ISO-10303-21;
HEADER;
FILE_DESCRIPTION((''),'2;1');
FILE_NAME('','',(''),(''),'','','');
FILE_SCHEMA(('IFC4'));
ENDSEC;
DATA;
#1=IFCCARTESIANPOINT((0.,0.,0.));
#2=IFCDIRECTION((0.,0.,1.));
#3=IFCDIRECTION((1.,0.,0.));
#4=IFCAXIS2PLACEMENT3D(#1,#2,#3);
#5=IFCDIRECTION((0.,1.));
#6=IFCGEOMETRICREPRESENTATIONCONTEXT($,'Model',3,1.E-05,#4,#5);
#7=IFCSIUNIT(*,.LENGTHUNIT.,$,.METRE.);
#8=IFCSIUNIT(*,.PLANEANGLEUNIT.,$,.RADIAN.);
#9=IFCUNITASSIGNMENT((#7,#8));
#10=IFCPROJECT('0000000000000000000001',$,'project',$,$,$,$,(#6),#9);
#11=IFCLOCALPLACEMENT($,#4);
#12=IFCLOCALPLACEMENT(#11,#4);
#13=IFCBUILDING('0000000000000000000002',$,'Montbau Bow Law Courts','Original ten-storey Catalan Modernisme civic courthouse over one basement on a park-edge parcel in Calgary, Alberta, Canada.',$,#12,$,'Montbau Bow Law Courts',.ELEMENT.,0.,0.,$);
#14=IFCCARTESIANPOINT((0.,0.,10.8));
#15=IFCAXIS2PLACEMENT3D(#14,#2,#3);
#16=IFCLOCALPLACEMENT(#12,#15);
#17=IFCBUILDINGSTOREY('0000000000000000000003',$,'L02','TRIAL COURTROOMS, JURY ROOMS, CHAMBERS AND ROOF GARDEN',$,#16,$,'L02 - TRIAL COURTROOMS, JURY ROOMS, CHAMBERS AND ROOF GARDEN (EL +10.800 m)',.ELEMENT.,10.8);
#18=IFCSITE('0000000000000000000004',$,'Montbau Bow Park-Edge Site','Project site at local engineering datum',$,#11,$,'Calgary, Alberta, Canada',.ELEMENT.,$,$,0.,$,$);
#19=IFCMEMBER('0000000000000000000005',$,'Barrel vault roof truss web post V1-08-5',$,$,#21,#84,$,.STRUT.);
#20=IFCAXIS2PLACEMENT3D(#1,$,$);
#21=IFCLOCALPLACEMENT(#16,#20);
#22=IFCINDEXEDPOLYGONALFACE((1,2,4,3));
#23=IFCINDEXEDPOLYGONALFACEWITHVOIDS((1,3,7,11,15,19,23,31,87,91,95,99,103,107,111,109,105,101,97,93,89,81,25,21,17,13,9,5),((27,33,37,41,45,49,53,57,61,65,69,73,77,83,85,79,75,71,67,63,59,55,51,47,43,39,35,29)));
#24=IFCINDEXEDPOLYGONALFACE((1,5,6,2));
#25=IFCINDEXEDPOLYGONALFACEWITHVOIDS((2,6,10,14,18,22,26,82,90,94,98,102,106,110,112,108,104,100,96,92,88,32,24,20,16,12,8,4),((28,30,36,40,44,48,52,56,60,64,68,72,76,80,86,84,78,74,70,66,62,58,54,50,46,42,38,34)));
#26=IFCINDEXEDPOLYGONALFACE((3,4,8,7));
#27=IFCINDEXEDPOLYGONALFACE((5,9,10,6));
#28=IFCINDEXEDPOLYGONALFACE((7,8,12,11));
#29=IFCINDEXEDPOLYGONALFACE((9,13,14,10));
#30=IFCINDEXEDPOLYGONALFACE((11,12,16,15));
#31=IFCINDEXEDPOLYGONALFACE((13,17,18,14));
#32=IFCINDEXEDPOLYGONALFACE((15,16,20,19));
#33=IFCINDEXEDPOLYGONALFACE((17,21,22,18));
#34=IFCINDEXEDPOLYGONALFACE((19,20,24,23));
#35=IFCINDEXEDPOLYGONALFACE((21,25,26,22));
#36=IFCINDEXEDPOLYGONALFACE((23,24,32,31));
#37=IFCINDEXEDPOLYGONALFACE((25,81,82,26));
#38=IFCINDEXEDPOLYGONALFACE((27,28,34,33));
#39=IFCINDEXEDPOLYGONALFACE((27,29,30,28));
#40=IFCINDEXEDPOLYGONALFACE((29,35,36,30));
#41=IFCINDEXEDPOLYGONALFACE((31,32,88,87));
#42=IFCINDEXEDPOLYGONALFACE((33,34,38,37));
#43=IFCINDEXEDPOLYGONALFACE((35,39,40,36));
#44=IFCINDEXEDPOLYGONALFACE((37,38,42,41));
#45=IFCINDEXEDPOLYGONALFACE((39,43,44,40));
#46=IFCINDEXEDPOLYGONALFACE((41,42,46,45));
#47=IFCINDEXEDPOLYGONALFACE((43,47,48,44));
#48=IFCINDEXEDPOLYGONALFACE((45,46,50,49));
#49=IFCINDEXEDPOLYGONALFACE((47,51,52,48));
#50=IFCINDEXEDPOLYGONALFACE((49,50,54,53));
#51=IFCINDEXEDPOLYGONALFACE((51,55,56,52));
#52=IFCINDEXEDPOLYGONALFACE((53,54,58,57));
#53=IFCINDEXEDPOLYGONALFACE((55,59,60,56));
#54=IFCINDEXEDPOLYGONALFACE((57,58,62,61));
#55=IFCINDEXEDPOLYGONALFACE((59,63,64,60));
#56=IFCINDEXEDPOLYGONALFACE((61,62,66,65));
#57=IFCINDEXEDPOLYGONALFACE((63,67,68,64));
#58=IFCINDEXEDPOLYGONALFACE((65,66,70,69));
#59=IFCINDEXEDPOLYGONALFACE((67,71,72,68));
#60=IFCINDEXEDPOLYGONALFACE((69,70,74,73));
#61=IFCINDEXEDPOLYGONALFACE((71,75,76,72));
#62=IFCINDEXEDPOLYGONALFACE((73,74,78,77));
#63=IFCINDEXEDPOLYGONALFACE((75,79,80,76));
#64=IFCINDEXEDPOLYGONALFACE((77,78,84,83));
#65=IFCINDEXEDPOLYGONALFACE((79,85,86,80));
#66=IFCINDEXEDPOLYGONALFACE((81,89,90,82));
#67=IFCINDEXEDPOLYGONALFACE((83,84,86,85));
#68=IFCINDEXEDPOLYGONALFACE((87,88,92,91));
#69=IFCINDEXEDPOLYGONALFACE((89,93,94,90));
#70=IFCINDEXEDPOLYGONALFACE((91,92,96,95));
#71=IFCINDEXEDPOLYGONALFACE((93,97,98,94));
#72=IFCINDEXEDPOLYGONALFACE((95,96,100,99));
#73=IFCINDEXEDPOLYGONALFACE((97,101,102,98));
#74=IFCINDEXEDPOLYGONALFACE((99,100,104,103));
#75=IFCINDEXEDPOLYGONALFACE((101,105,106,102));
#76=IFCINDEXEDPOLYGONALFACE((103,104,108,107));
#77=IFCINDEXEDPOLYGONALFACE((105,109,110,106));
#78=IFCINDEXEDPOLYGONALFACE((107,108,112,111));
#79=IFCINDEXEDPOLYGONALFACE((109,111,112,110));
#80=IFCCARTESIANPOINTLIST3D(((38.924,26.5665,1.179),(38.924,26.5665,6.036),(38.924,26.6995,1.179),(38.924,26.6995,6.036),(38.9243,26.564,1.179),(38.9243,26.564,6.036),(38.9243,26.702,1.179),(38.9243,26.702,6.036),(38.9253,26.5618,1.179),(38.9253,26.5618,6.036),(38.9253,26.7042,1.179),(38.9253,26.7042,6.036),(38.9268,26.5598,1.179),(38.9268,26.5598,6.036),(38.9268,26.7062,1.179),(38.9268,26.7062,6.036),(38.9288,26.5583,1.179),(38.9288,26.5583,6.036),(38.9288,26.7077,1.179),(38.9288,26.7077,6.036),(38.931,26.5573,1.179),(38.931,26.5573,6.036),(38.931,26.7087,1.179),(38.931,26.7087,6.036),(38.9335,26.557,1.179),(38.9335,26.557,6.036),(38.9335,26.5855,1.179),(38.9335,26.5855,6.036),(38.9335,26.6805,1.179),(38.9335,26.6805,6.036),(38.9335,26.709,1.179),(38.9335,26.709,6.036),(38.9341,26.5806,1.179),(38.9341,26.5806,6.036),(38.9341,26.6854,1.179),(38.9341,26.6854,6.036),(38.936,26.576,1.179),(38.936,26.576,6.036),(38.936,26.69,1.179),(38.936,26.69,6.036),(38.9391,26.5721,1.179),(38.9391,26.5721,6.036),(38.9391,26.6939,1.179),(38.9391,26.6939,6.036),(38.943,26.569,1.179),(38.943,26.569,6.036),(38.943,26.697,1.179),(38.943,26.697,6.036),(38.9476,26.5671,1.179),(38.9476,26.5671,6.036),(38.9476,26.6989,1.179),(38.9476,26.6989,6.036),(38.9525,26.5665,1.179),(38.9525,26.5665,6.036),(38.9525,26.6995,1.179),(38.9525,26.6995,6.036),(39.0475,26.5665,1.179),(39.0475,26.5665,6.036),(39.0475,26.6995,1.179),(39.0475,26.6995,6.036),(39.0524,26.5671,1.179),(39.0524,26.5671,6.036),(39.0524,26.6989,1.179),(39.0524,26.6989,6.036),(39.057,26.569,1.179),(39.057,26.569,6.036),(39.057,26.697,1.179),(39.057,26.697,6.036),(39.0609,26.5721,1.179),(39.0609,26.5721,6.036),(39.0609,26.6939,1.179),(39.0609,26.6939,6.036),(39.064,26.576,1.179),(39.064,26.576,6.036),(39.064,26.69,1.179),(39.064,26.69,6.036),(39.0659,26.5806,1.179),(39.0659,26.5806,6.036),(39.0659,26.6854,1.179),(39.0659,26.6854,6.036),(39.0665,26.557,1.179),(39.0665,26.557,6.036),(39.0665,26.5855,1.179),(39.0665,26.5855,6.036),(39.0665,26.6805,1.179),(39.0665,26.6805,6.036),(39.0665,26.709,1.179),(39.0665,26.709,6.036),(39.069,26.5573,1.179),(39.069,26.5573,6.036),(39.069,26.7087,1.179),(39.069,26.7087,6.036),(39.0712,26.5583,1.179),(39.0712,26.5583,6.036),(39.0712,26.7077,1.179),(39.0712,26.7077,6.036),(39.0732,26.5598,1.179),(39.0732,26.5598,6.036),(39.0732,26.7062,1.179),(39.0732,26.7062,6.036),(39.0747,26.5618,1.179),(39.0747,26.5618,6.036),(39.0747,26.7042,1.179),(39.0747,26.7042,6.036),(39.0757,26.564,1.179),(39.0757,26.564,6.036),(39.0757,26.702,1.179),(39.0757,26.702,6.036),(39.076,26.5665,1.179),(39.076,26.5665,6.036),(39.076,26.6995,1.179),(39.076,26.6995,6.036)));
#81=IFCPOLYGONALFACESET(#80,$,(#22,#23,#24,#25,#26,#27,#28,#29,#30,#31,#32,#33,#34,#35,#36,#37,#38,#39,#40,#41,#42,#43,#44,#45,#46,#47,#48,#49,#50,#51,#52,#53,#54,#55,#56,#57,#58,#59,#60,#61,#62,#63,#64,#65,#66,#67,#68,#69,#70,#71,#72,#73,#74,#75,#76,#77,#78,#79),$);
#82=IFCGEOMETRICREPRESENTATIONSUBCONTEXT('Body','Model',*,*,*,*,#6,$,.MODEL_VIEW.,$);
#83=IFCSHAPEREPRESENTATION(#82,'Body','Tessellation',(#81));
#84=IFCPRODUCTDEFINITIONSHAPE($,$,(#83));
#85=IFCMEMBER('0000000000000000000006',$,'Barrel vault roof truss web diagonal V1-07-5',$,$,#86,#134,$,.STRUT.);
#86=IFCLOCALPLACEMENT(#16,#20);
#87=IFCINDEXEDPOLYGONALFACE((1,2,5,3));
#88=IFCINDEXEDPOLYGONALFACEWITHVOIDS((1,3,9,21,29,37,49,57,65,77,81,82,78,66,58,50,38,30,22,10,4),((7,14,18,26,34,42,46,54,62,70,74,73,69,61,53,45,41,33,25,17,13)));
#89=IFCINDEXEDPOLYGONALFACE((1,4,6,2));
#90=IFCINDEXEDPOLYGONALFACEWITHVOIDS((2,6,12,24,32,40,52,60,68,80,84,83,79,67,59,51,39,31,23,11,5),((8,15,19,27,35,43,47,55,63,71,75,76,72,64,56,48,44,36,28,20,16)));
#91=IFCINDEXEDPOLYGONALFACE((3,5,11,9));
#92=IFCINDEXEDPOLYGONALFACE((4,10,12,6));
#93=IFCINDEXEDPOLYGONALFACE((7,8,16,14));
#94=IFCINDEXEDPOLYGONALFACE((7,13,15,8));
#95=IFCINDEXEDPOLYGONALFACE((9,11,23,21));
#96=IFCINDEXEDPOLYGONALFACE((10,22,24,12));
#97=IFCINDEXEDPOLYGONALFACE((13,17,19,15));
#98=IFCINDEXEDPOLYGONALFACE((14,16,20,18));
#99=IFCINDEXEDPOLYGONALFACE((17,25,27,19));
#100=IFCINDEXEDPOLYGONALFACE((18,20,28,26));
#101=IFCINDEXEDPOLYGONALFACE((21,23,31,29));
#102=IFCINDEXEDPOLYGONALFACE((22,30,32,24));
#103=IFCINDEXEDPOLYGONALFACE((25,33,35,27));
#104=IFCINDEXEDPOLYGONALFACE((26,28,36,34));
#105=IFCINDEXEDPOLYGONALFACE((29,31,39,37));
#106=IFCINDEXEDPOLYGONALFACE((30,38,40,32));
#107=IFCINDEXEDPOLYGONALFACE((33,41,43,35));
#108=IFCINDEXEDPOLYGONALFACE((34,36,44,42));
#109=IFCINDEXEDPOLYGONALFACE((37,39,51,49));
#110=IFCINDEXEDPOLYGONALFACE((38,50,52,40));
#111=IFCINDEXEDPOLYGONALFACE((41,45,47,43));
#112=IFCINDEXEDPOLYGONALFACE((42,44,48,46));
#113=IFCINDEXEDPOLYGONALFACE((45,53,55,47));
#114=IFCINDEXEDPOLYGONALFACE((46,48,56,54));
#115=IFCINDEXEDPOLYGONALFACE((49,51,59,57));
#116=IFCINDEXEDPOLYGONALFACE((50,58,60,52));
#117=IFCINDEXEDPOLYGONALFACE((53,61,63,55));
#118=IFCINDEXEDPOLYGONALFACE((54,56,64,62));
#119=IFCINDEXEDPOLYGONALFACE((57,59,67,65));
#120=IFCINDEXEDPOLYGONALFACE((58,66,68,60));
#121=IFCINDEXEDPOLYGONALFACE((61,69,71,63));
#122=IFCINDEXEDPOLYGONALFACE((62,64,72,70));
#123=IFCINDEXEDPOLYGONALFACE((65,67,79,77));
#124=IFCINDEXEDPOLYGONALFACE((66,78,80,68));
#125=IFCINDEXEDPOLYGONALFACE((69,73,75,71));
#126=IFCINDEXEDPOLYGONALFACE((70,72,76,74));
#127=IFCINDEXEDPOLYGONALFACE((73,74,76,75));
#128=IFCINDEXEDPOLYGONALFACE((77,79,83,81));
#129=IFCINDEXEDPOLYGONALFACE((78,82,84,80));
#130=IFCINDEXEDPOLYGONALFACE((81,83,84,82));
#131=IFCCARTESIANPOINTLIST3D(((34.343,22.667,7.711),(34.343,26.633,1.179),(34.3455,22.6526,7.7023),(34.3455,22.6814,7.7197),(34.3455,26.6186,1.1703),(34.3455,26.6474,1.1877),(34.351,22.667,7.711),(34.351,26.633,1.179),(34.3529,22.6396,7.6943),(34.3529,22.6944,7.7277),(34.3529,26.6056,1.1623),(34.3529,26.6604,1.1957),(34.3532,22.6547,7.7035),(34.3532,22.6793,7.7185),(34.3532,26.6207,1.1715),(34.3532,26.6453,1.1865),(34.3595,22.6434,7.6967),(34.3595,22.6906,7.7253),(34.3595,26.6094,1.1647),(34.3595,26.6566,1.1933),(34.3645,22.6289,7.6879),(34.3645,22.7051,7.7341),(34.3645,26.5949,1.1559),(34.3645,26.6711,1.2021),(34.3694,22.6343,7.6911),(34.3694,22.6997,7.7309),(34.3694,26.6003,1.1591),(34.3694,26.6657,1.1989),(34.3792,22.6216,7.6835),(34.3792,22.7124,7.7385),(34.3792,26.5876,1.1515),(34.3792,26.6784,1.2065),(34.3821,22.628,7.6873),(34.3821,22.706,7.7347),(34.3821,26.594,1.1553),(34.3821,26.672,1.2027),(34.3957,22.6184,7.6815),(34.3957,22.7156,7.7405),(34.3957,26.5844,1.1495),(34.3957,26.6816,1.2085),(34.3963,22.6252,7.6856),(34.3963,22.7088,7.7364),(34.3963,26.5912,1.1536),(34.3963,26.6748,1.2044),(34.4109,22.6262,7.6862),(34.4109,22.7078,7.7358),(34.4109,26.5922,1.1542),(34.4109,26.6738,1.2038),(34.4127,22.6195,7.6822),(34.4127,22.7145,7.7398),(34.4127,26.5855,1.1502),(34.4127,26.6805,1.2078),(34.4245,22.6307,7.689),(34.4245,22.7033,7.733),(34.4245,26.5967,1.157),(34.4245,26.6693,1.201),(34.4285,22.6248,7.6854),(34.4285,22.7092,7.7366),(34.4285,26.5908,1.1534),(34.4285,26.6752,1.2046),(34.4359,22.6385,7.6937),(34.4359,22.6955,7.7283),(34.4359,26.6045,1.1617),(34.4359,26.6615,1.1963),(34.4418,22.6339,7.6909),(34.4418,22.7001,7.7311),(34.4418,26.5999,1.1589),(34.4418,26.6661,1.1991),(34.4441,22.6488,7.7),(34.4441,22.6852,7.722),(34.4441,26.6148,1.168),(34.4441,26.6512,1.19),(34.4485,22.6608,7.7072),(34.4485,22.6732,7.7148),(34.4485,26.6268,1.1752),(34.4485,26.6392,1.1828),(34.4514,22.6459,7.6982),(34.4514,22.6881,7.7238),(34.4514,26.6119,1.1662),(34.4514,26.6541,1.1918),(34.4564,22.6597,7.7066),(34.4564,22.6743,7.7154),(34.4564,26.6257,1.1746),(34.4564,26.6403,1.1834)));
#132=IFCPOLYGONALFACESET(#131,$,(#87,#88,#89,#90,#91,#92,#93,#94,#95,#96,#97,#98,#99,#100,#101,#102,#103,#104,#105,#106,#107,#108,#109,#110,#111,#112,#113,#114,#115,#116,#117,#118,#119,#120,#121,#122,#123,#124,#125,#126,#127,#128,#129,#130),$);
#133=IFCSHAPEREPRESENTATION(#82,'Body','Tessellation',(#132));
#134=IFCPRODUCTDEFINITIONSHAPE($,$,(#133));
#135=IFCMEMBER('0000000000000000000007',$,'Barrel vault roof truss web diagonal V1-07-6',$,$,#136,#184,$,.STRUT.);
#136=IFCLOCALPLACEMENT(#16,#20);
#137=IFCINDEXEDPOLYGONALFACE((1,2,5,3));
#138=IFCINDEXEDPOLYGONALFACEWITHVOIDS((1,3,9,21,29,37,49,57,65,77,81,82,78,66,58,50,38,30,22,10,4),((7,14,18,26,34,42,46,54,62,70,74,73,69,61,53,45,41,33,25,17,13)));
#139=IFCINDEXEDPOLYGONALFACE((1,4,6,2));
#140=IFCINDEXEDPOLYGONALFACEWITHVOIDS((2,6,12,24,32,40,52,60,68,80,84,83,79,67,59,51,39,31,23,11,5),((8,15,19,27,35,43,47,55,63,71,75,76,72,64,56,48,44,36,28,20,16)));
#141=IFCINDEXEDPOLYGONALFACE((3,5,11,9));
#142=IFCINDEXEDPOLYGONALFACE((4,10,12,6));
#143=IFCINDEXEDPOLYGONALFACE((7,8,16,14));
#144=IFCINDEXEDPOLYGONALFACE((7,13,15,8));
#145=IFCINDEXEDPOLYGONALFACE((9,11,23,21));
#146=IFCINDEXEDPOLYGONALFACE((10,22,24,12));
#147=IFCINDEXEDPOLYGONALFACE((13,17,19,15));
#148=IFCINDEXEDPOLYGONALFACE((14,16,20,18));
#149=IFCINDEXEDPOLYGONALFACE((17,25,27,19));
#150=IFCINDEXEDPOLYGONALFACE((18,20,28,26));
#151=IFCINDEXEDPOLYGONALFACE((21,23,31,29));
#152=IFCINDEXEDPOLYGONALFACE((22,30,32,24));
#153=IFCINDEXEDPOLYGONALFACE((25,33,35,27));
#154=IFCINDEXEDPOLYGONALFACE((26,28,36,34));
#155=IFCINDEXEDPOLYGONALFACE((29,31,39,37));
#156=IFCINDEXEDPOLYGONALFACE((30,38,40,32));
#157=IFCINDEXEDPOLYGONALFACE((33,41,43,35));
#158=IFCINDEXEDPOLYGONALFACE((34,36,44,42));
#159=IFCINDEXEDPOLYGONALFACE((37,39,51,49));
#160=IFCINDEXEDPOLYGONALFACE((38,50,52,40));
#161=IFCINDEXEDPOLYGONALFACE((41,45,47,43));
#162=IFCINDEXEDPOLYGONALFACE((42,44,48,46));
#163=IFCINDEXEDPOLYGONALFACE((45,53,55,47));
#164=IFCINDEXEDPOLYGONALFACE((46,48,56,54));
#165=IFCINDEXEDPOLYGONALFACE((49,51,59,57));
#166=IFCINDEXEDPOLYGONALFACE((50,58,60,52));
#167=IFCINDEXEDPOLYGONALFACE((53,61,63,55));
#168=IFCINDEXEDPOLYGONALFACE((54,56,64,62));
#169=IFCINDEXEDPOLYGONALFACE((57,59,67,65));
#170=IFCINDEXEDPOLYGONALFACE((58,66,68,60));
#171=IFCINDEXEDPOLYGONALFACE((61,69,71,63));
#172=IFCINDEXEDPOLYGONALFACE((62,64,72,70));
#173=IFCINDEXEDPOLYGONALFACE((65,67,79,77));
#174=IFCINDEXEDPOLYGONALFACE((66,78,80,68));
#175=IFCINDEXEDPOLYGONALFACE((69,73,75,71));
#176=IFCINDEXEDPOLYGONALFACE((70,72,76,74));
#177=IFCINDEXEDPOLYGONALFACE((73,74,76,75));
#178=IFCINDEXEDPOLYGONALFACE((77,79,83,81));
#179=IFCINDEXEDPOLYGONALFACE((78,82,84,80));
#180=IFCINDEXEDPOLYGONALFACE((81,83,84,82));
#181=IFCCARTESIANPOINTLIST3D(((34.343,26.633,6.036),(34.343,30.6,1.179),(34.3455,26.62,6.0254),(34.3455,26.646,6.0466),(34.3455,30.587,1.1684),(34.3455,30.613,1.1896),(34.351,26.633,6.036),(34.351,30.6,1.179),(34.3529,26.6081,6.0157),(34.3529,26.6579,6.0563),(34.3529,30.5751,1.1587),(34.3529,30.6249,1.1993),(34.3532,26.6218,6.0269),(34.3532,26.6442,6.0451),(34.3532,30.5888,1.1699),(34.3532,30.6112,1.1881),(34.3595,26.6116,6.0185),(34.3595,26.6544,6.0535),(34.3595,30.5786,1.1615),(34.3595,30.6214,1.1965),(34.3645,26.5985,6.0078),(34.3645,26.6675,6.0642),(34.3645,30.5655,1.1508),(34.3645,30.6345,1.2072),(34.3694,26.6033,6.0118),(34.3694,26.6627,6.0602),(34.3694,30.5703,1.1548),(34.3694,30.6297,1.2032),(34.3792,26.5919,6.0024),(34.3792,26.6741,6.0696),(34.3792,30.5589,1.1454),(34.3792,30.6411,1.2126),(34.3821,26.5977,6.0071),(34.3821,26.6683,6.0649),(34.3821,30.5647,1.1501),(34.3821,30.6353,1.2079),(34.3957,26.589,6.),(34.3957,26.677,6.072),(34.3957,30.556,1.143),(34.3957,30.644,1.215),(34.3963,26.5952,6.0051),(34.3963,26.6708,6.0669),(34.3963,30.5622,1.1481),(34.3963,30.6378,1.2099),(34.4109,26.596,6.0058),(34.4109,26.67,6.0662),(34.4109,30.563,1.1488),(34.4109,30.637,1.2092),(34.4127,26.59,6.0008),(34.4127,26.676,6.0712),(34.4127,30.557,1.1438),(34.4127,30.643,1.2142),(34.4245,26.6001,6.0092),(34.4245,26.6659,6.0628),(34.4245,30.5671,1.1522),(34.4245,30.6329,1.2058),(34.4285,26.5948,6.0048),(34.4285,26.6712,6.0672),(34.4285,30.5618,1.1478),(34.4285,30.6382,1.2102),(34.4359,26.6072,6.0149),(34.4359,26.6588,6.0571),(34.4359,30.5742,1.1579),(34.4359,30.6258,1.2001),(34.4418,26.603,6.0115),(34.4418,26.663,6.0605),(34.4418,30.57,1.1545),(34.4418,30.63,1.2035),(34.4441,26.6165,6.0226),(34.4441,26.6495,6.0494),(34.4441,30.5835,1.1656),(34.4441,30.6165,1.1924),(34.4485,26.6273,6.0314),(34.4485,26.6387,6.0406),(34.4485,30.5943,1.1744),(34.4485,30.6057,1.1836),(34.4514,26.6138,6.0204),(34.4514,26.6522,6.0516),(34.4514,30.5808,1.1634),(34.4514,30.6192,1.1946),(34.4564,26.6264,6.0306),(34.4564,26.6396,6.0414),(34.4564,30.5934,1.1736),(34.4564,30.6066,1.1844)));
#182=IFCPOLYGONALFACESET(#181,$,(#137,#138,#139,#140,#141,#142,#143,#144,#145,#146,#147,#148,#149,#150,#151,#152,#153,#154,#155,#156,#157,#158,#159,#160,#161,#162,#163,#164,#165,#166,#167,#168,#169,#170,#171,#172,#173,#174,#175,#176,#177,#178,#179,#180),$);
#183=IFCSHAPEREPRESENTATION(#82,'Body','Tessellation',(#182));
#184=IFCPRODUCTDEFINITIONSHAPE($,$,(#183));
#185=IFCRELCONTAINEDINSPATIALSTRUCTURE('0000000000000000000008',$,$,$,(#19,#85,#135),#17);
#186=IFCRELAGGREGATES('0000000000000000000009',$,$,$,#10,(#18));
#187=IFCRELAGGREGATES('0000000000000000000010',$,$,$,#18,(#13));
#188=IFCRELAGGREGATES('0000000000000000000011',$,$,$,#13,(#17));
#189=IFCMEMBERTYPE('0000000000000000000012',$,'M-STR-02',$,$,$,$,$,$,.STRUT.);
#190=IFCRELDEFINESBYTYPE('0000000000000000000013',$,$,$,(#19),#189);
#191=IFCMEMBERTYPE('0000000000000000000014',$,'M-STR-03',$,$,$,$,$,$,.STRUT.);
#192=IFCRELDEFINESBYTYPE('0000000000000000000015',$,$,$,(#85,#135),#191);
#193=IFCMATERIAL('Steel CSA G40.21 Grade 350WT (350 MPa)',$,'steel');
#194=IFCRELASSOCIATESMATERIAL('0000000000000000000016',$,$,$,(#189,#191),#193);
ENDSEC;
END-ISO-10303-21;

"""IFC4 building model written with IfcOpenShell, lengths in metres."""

from ifc_helpers import new_model, si_unit, direction, frame, origin_with_axes, origin_2d_with_axis, place, context, subcontext, project, spatial, hollow_rectangle, hollow_circle, extrude, material, material_profile, profile_set, type_object, element, save


model = new_model("IFC4")

# Units and contexts
model_context = context("Model", 3, precision=1e-05, world=origin_with_axes(), true_north=direction((0.0, 1.0)))
body_context = subcontext(model_context, "Body", "Model", "MODEL_VIEW")
ifc_project = project(units=[si_unit("LENGTHUNIT", "METRE"), si_unit("PLANEANGLEUNIT", "RADIAN")], contexts=[model_context])

# Site, building, storey
site_placement = place(None, origin_with_axes())
site = spatial("IfcSite", under=ifc_project, at=site_placement, Name="Montbau Bow Park-Edge Site", Description="Project site at local engineering datum", LongName="Calgary, Alberta, Canada", CompositionType="ELEMENT", RefElevation=0.0)
building_placement = place(site_placement, origin_with_axes())
building = spatial("IfcBuilding", under=site, at=building_placement, Name="Montbau Bow Law Courts", Description="Original ten-storey Catalan Modernisme civic courthouse over one basement on a park-edge parcel in Calgary, Alberta, Canada.", LongName="Montbau Bow Law Courts", CompositionType="ELEMENT", ElevationOfRefHeight=0.0, ElevationOfTerrain=0.0)
storey_placement = place(building_placement, frame((0.0, 0.0, 10.8), z_axis=(0.0, 0.0, 1.0), x_axis=(1.0, 0.0, 0.0)))
storey = spatial("IfcBuildingStorey", under=building, at=storey_placement, Name="L02", Description="TRIAL COURTROOMS, JURY ROOMS, CHAMBERS AND ROOF GARDEN", LongName="L02 - TRIAL COURTROOMS, JURY ROOMS, CHAMBERS AND ROOF GARDEN (EL +10.800 m)", CompositionType="ELEMENT", Elevation=10.8)

# Shared definitions
ifc_material_1 = material(Name="Steel CSA G40.21 Grade 350WT (350 MPa)", Category="steel")

# Members
ifc_material_profile_1 = material_profile(ifc_material_1, hollow_rectangle(XDim=0.152, YDim=0.152, WallThickness=0.0095, InnerFilletRadius=0.019, OuterFilletRadius=0.0095, at=origin_2d_with_axis()), Name="HSS152X152X9.5", Category="Main", Priority=0)
ifc_profile_set_1 = profile_set([ifc_material_profile_1], Name="Steel CSA G40.21 Grade 350WT (350 MPa)")
member_type_1 = type_object("IfcMemberType", Name="M-STR-02", PredefinedType="STRUT", material=ifc_profile_set_1)
member_1_placement = place(None, frame((39.0, 26.633, 11.979), z_axis=(0.0, 0.0, 1.0), x_axis=(1.0, 0.0, 0.0)))
element("IfcMember", 1, at=member_1_placement, inside=storey, type_object=member_type_1, Name="Barrel vault roof truss web post V1-08-5", PredefinedType="STRUT", context=body_context, shape_type="SweptSolid", body=[
    extrude(hollow_rectangle(XDim=0.152, YDim=0.152, WallThickness=0.0095, InnerFilletRadius=0.019, OuterFilletRadius=0.0095, at=origin_2d_with_axis()), origin_with_axes(), (0.0, 0.0, 1.0), 4.857),
])
ifc_material_profile_2 = material_profile(ifc_material_1, hollow_circle(Radius=0.057, WallThickness=0.008, at=origin_2d_with_axis()), Name="HSS114X8.0", Category="Main", Priority=0)
ifc_profile_set_2 = profile_set([ifc_material_profile_2], Name="Steel CSA G40.21 Grade 350WT (350 MPa)")
member_type_2 = type_object("IfcMemberType", Name="M-STR-03", PredefinedType="STRUT", material=ifc_profile_set_2)
member_2_placement = place(None, frame((34.4, 22.667, 18.511), z_axis=(0.0, 0.518992, -0.854779), x_axis=(-1.0, 0.0, 0.0)))
element("IfcMember", 2, at=member_2_placement, inside=storey, type_object=member_type_2, Name="Barrel vault roof truss web diagonal V1-07-5", PredefinedType="STRUT", context=body_context, shape_type="SweptSolid", body=[
    extrude(hollow_circle(Radius=0.057, WallThickness=0.008, at=origin_2d_with_axis()), origin_with_axes(), (0.0, 0.0, 1.0), 7.6417),
])
member_3_placement = place(None, frame((34.4, 26.633, 16.836), z_axis=(0.0, 0.632578, -0.774497), x_axis=(-1.0, 0.0, 0.0)))
element("IfcMember", 3, at=member_3_placement, inside=storey, type_object=member_type_2, Name="Barrel vault roof truss web diagonal V1-07-6", PredefinedType="STRUT", context=body_context, shape_type="SweptSolid", body=[
    extrude(hollow_circle(Radius=0.057, WallThickness=0.008, at=origin_2d_with_axis()), origin_with_axes(), (0.0, 0.0, 1.0), 6.2712),
])

save(model, "model.ifc")
